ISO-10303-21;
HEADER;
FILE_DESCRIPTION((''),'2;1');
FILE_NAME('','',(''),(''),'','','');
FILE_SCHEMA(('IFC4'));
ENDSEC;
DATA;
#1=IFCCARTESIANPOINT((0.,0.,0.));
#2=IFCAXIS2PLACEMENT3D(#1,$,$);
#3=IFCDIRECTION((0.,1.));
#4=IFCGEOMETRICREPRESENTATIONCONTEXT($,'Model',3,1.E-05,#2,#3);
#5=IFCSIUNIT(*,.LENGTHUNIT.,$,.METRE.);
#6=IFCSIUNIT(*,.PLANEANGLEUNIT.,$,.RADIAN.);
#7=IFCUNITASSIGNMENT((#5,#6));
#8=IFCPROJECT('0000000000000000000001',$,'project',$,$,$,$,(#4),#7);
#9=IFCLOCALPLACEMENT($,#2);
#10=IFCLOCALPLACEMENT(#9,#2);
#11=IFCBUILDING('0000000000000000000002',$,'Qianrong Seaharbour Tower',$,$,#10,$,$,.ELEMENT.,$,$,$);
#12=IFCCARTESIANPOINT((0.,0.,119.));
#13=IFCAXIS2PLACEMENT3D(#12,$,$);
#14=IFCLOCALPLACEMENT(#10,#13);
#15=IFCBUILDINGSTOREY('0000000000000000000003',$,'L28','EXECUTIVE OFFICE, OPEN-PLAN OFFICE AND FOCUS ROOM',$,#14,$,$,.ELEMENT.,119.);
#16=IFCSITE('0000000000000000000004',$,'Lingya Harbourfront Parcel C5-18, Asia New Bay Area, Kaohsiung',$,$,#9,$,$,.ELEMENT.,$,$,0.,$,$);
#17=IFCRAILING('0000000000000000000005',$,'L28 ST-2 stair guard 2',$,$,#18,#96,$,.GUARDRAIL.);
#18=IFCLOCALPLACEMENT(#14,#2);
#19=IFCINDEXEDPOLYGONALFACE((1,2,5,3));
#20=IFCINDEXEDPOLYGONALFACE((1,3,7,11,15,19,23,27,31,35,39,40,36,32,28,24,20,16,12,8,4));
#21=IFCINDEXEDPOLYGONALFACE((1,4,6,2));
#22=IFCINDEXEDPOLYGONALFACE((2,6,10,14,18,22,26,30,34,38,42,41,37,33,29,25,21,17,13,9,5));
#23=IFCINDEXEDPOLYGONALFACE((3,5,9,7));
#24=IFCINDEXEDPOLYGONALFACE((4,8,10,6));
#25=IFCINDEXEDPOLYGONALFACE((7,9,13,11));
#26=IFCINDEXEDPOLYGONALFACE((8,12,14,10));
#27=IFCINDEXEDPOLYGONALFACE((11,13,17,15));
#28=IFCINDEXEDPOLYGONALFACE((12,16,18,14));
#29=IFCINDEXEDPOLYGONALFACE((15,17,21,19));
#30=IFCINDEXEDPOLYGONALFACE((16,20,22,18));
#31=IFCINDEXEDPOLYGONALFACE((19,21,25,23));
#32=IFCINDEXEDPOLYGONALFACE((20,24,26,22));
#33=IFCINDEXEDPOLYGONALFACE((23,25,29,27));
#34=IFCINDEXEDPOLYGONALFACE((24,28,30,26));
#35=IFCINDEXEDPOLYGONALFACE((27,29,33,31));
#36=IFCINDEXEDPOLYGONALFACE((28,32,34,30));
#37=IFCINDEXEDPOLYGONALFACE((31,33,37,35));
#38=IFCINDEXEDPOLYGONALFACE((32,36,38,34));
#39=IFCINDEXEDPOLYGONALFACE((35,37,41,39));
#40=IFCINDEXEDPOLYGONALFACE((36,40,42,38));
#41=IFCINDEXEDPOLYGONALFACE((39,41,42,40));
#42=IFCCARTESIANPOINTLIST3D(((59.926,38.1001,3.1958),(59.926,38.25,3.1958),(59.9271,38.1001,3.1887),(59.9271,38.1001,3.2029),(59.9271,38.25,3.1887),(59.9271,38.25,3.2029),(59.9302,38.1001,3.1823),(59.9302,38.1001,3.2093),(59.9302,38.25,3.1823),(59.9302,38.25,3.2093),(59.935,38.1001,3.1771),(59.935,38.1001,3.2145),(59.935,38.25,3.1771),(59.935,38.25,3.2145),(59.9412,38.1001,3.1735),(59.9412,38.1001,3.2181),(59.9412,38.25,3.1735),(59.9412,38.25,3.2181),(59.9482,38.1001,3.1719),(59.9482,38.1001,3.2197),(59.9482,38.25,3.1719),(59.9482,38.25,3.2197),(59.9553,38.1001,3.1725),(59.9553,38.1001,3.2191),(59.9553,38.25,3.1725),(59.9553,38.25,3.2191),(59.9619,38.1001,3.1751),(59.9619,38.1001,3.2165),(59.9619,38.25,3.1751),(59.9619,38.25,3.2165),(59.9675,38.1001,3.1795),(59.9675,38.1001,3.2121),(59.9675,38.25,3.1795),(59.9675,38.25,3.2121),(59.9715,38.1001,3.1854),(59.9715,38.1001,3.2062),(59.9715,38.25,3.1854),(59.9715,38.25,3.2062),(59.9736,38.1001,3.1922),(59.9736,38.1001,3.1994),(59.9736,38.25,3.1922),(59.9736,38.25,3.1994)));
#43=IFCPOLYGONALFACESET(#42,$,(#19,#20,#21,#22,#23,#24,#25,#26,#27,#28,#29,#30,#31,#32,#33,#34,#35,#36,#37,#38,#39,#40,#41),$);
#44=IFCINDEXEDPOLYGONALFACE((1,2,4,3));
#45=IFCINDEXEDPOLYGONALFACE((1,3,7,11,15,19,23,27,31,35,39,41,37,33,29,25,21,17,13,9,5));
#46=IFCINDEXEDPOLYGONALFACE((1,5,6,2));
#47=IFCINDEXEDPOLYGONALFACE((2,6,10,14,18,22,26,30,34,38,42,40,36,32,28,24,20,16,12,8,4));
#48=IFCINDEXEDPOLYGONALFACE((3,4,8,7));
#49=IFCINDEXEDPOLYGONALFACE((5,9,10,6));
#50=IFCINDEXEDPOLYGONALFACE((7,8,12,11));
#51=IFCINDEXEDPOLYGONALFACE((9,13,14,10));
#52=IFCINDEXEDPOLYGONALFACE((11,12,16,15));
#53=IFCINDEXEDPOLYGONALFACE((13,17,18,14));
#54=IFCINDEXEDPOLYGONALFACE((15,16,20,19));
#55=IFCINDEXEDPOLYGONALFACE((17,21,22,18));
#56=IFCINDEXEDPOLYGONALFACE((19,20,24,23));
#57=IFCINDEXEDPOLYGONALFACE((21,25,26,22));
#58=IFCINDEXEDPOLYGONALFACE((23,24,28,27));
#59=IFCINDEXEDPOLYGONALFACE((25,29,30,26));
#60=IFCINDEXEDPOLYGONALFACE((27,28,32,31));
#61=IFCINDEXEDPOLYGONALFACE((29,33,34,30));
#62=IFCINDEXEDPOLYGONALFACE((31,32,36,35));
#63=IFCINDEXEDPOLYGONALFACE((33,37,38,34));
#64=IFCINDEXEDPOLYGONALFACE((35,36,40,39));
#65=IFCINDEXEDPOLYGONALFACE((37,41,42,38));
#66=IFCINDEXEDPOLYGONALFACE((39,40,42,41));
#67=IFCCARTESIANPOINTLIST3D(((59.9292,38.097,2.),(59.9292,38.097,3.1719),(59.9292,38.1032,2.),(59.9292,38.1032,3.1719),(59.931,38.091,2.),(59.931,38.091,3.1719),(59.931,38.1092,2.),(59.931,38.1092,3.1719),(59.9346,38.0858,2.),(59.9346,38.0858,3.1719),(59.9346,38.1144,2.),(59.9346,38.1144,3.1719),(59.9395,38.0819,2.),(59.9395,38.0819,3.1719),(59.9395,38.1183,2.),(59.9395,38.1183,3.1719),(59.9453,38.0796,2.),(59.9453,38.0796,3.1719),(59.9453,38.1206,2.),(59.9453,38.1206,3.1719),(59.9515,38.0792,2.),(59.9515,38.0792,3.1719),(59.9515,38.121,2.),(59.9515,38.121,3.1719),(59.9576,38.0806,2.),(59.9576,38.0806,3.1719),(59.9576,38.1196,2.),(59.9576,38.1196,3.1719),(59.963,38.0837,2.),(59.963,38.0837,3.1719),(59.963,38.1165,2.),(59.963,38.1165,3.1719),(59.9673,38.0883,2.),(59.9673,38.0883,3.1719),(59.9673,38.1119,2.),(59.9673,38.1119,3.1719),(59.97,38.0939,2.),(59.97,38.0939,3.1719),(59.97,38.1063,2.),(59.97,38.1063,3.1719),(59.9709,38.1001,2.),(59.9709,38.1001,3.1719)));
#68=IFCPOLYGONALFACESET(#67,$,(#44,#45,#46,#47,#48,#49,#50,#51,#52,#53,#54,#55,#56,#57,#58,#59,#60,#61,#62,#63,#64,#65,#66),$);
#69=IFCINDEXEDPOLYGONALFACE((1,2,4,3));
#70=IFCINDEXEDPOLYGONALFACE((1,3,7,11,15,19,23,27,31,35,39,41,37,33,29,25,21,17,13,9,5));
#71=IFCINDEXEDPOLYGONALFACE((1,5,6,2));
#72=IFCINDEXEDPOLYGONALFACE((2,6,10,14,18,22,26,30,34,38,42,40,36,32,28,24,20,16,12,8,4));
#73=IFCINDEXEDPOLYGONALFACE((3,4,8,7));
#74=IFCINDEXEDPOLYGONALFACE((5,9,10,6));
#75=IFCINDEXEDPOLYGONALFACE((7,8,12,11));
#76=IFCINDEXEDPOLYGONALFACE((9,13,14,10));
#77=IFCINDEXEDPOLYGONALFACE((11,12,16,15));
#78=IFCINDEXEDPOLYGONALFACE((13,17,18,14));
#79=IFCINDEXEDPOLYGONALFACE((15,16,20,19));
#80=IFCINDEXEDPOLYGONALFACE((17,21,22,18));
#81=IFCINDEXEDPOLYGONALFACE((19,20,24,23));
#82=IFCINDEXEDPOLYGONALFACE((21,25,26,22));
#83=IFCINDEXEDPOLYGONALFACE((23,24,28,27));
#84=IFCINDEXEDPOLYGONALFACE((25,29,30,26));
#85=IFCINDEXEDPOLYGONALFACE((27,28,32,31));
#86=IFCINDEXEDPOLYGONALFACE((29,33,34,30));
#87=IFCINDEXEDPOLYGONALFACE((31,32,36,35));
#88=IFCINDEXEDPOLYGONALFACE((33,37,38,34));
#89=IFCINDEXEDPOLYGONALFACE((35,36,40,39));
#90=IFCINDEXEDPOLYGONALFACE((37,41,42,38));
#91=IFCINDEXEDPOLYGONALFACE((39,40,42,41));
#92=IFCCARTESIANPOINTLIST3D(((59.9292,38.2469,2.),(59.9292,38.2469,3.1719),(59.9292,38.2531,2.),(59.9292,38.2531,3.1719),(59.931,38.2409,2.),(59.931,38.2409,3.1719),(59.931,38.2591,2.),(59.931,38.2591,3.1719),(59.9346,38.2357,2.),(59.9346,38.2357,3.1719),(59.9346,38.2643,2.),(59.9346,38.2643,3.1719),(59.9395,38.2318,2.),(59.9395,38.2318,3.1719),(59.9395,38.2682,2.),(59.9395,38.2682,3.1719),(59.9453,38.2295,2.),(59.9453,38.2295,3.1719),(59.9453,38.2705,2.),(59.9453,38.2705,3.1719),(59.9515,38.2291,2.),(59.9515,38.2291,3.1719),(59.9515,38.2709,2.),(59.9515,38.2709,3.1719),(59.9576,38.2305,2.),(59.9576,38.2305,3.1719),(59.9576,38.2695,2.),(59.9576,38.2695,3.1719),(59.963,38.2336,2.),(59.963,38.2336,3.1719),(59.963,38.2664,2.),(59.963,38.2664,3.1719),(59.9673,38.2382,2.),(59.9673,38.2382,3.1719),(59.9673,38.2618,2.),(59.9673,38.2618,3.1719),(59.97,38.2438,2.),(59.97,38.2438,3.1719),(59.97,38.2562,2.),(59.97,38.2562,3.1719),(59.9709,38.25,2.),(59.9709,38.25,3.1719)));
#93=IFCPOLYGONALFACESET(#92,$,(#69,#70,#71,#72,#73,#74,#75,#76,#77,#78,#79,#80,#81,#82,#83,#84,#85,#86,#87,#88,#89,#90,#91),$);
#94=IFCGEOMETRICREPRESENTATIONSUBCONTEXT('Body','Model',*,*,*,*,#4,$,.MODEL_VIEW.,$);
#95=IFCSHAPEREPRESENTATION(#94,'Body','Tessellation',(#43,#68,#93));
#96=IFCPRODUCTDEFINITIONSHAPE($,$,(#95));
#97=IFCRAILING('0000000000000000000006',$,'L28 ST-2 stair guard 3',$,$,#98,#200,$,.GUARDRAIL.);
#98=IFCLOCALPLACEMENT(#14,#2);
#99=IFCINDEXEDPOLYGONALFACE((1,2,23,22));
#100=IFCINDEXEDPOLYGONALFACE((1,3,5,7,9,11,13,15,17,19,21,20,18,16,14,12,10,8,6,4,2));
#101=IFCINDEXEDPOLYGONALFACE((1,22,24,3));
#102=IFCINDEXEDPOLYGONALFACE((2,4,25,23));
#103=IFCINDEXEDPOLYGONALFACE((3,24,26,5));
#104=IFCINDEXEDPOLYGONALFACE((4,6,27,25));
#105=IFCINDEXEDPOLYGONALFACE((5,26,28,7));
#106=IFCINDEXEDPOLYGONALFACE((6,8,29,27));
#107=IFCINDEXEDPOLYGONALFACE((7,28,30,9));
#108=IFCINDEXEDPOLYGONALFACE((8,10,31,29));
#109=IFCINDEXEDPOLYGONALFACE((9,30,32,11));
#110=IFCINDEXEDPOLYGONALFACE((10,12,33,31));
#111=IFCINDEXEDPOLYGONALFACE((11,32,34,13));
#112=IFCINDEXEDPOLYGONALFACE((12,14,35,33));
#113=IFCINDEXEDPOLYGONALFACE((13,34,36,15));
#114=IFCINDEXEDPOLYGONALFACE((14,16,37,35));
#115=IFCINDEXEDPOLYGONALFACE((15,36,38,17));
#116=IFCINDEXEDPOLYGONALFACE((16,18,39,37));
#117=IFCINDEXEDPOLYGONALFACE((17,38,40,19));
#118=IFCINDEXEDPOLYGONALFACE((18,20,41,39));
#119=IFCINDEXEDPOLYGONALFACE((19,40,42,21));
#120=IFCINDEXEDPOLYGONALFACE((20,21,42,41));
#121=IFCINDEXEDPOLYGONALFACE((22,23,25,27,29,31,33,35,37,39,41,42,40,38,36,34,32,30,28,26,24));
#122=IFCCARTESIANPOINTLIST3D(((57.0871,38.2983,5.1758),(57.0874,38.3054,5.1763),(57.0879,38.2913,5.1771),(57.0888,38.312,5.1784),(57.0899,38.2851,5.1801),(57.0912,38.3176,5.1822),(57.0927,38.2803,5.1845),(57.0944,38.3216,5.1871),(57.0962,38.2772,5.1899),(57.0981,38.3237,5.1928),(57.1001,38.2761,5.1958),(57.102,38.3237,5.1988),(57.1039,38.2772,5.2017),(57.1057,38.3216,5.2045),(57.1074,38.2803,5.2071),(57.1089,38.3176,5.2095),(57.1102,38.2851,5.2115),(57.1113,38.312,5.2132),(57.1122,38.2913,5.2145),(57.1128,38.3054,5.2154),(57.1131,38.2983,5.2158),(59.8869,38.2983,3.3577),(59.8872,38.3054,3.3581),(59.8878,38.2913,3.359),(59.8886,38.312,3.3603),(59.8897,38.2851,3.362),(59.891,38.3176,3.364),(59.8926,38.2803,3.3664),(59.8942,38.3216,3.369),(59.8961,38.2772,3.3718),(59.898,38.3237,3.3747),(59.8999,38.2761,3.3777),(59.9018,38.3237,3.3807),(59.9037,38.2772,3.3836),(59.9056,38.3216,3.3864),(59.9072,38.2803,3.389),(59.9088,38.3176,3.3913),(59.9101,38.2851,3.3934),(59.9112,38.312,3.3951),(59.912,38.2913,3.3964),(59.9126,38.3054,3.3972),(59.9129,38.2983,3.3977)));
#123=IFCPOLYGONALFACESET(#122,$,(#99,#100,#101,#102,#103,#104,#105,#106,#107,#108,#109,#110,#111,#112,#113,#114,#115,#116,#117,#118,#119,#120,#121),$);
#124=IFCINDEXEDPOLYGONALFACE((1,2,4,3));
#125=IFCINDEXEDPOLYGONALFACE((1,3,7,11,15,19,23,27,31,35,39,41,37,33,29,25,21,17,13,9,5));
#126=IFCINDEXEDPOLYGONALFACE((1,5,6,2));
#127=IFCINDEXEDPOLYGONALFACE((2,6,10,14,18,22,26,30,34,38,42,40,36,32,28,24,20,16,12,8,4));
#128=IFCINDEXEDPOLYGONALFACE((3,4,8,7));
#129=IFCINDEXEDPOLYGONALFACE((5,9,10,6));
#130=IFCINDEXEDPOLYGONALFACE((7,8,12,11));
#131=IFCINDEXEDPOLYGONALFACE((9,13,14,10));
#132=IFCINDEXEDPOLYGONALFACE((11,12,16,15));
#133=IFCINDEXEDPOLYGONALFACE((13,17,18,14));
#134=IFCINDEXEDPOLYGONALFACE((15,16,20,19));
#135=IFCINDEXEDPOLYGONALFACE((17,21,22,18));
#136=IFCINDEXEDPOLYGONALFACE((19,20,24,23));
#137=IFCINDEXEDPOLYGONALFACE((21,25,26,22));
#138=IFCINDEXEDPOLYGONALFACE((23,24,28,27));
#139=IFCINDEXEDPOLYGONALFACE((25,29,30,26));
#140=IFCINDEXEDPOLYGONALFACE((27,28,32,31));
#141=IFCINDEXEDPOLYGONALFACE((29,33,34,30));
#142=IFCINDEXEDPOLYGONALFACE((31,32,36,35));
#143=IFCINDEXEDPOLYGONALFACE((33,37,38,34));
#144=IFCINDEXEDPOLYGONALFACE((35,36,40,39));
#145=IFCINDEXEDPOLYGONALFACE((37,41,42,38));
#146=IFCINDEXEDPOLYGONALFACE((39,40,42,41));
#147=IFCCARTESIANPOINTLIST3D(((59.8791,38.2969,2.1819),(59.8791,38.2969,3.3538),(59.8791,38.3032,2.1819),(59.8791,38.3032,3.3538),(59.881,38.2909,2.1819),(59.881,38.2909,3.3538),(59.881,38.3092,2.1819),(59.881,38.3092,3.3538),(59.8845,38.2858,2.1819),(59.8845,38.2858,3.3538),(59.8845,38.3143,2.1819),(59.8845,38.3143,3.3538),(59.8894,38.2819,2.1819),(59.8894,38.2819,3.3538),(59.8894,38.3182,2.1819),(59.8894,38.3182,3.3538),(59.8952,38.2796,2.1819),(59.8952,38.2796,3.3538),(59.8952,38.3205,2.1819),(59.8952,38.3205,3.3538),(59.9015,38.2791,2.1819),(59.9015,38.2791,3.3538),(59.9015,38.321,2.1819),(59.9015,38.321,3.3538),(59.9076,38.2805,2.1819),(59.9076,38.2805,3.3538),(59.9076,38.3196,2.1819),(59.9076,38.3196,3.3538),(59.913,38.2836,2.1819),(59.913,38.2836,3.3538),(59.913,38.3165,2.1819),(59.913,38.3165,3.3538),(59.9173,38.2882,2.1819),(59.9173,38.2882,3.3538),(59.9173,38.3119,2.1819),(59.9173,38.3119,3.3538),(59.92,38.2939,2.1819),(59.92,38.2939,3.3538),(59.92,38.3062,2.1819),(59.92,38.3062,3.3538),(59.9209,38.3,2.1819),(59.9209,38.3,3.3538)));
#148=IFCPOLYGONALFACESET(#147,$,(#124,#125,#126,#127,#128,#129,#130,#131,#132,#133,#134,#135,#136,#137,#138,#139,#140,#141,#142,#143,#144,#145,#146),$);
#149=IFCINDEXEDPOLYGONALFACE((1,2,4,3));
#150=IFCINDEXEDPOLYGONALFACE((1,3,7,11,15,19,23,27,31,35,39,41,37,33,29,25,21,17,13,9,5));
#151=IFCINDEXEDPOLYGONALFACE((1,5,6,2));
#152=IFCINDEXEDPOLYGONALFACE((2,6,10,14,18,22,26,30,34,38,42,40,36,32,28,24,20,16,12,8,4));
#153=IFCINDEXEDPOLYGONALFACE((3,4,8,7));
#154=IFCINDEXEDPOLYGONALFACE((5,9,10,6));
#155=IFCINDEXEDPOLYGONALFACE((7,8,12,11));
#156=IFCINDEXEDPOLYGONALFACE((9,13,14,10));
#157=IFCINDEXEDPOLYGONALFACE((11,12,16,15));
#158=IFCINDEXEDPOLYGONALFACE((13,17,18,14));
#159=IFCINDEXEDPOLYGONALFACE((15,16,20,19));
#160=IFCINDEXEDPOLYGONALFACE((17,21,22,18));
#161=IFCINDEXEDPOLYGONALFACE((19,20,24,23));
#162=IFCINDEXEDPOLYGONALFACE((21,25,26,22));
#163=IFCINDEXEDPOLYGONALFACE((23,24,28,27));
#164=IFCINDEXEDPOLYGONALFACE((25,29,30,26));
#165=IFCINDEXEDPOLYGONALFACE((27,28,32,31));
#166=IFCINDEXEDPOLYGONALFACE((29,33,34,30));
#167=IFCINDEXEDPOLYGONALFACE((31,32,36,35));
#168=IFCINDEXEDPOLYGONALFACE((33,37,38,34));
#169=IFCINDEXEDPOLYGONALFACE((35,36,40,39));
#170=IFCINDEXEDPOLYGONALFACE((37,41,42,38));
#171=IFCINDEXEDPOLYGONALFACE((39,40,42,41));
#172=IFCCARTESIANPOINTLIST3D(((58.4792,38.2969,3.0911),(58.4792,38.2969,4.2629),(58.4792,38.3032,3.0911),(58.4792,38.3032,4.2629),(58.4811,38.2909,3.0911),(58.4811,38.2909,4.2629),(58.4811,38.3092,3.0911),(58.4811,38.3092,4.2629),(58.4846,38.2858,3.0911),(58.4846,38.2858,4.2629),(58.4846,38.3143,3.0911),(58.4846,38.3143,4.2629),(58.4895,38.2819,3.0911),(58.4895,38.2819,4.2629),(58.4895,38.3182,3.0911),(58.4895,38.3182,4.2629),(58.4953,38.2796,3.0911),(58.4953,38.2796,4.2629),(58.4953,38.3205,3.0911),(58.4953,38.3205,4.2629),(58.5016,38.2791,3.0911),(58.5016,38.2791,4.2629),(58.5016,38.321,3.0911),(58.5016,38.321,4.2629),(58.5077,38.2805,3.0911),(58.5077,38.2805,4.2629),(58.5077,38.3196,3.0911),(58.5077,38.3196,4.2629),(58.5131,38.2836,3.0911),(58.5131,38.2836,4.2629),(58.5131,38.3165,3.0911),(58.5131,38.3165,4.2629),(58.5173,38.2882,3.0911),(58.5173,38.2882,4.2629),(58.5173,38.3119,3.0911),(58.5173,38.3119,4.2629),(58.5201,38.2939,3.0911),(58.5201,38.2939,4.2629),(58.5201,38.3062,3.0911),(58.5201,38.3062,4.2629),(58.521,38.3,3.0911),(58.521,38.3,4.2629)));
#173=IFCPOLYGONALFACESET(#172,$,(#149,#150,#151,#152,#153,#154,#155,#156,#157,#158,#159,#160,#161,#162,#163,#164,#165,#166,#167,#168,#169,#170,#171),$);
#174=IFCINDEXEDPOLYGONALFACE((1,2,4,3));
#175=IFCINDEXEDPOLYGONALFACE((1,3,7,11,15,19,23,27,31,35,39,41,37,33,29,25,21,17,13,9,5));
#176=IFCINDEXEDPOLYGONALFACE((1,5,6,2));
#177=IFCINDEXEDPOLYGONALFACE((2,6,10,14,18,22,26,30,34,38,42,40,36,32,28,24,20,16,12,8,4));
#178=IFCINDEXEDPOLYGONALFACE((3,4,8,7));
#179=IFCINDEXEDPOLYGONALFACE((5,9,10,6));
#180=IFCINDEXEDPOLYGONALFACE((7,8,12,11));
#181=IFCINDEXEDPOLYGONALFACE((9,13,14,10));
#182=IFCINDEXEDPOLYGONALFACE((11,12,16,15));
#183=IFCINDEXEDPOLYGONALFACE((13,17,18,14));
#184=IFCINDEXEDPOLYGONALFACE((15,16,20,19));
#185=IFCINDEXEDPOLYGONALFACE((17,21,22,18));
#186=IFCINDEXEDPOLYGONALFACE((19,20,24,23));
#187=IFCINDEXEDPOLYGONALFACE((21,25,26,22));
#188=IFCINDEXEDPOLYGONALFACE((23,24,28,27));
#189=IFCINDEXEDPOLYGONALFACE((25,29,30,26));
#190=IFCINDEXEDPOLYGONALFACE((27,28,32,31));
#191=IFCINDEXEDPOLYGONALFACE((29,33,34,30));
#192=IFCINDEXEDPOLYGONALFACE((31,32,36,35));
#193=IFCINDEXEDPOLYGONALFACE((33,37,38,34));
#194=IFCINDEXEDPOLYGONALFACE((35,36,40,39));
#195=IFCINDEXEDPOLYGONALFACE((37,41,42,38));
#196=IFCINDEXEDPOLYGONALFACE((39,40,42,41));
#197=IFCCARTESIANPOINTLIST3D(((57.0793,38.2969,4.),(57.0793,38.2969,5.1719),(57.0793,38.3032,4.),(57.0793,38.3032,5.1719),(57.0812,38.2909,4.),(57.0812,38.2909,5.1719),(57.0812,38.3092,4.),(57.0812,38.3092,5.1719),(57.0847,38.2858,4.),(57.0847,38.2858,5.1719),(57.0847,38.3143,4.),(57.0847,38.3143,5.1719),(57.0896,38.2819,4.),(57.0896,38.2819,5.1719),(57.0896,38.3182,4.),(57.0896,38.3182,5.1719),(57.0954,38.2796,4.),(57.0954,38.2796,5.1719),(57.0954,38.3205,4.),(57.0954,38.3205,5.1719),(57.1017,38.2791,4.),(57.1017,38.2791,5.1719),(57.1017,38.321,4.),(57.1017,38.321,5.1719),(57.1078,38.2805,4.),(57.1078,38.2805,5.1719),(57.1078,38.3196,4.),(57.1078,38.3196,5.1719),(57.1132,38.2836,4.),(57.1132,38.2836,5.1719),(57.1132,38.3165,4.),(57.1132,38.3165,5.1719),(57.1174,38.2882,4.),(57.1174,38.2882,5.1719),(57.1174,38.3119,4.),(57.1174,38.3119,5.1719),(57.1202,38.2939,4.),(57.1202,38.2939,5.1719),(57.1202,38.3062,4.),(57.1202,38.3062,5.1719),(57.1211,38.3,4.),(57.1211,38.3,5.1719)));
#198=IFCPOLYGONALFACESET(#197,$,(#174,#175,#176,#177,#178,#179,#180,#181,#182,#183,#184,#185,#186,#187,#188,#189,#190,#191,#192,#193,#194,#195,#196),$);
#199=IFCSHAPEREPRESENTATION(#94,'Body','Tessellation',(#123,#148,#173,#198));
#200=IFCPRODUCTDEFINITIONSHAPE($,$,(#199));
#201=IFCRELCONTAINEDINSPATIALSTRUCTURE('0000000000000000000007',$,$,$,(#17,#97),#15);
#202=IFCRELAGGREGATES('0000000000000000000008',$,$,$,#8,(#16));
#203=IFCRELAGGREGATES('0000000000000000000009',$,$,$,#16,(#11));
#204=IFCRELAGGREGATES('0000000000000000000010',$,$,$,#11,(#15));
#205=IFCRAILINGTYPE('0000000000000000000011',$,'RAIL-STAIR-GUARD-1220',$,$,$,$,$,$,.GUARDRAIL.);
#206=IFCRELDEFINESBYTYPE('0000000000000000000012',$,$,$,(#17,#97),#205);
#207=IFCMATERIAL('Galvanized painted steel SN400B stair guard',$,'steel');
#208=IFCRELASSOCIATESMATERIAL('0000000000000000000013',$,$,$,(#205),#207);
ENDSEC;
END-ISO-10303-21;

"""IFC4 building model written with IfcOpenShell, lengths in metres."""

from ifc_helpers import new_model, si_unit, direction, frame, origin, origin_2d, place, context, subcontext, project, spatial, circle, extrude, material, type_object, element, save


model = new_model("IFC4")

# Units and contexts
model_context = context("Model", 3, precision=1e-05, world=origin(), true_north=direction((0.0, 1.0)))
body_context = subcontext(model_context, "Body", "Model", "MODEL_VIEW")
ifc_project = project(units=[si_unit("LENGTHUNIT", "METRE"), si_unit("PLANEANGLEUNIT", "RADIAN")], contexts=[model_context])

# Site, building, storey
site_placement = place(None, origin())
site = spatial("IfcSite", under=ifc_project, at=site_placement, Name="Lingya Harbourfront Parcel C5-18, Asia New Bay Area, Kaohsiung", CompositionType="ELEMENT", RefElevation=0.0)
building_placement = place(site_placement, origin())
building = spatial("IfcBuilding", under=site, at=building_placement, Name="Qianrong Seaharbour Tower", CompositionType="ELEMENT")
storey_placement = place(building_placement, frame((0.0, 0.0, 119.0)))
storey = spatial("IfcBuildingStorey", under=building, at=storey_placement, Name="L28", Description="EXECUTIVE OFFICE, OPEN-PLAN OFFICE AND FOCUS ROOM", CompositionType="ELEMENT", Elevation=119.0)

# Railings
ifc_material_1 = material(Name="Galvanized painted steel SN400B stair guard", Category="steel")
railing_type_1 = type_object("IfcRailingType", Name="RAIL-STAIR-GUARD-1220", PredefinedType="GUARDRAIL", material=ifc_material_1)
railing_1_placement = place(storey_placement, frame((59.95, 38.1001, 2.0)))
element("IfcRailing", 1, at=railing_1_placement, inside=storey, type_object=railing_type_1, Name="L28 ST-2 stair guard 2", PredefinedType="GUARDRAIL", context=body_context, shape_type="SweptSolid", body=[
    extrude(circle(Radius=0.0239, at=origin_2d()), frame((0.0, 0.0, 1.1958), z_axis=(0.0, 1.0, 0.0), x_axis=(-1.0, 0.0, 0.0)), (0.0, 0.0, 1.0), 0.1499),
    extrude(circle(Radius=0.021, at=origin_2d()), origin(), (0.0, 0.0, 1.0), 1.1719),
    extrude(circle(Radius=0.021, at=origin_2d()), frame((0.0, 0.1499, 0.0)), (0.0, 0.0, 1.0), 1.1719),
])
railing_2_placement = place(storey_placement, frame((59.8999, 38.3, 2.1819)))
element("IfcRailing", 2, at=railing_2_placement, inside=storey, type_object=railing_type_1, Name="L28 ST-2 stair guard 3", PredefinedType="GUARDRAIL", context=body_context, shape_type="SweptSolid", body=[
    extrude(circle(Radius=0.0239, at=origin_2d()), frame((0.0, 0.0, 1.1958), z_axis=(-0.838684, 0.0, 0.544618), x_axis=(0.0, -1.0, 0.0)), (0.0, 0.0, 1.0), 3.3384),
    extrude(circle(Radius=0.021, at=origin_2d()), origin(), (0.0, 0.0, 1.0), 1.1719),
    extrude(circle(Radius=0.021, at=origin_2d()), frame((-1.3999, 0.0, 0.9092)), (0.0, 0.0, 1.0), 1.1719),
    extrude(circle(Radius=0.021, at=origin_2d()), frame((-2.7998, 0.0, 1.8181)), (0.0, 0.0, 1.0), 1.1719),
])

save(model, "model.ifc")
